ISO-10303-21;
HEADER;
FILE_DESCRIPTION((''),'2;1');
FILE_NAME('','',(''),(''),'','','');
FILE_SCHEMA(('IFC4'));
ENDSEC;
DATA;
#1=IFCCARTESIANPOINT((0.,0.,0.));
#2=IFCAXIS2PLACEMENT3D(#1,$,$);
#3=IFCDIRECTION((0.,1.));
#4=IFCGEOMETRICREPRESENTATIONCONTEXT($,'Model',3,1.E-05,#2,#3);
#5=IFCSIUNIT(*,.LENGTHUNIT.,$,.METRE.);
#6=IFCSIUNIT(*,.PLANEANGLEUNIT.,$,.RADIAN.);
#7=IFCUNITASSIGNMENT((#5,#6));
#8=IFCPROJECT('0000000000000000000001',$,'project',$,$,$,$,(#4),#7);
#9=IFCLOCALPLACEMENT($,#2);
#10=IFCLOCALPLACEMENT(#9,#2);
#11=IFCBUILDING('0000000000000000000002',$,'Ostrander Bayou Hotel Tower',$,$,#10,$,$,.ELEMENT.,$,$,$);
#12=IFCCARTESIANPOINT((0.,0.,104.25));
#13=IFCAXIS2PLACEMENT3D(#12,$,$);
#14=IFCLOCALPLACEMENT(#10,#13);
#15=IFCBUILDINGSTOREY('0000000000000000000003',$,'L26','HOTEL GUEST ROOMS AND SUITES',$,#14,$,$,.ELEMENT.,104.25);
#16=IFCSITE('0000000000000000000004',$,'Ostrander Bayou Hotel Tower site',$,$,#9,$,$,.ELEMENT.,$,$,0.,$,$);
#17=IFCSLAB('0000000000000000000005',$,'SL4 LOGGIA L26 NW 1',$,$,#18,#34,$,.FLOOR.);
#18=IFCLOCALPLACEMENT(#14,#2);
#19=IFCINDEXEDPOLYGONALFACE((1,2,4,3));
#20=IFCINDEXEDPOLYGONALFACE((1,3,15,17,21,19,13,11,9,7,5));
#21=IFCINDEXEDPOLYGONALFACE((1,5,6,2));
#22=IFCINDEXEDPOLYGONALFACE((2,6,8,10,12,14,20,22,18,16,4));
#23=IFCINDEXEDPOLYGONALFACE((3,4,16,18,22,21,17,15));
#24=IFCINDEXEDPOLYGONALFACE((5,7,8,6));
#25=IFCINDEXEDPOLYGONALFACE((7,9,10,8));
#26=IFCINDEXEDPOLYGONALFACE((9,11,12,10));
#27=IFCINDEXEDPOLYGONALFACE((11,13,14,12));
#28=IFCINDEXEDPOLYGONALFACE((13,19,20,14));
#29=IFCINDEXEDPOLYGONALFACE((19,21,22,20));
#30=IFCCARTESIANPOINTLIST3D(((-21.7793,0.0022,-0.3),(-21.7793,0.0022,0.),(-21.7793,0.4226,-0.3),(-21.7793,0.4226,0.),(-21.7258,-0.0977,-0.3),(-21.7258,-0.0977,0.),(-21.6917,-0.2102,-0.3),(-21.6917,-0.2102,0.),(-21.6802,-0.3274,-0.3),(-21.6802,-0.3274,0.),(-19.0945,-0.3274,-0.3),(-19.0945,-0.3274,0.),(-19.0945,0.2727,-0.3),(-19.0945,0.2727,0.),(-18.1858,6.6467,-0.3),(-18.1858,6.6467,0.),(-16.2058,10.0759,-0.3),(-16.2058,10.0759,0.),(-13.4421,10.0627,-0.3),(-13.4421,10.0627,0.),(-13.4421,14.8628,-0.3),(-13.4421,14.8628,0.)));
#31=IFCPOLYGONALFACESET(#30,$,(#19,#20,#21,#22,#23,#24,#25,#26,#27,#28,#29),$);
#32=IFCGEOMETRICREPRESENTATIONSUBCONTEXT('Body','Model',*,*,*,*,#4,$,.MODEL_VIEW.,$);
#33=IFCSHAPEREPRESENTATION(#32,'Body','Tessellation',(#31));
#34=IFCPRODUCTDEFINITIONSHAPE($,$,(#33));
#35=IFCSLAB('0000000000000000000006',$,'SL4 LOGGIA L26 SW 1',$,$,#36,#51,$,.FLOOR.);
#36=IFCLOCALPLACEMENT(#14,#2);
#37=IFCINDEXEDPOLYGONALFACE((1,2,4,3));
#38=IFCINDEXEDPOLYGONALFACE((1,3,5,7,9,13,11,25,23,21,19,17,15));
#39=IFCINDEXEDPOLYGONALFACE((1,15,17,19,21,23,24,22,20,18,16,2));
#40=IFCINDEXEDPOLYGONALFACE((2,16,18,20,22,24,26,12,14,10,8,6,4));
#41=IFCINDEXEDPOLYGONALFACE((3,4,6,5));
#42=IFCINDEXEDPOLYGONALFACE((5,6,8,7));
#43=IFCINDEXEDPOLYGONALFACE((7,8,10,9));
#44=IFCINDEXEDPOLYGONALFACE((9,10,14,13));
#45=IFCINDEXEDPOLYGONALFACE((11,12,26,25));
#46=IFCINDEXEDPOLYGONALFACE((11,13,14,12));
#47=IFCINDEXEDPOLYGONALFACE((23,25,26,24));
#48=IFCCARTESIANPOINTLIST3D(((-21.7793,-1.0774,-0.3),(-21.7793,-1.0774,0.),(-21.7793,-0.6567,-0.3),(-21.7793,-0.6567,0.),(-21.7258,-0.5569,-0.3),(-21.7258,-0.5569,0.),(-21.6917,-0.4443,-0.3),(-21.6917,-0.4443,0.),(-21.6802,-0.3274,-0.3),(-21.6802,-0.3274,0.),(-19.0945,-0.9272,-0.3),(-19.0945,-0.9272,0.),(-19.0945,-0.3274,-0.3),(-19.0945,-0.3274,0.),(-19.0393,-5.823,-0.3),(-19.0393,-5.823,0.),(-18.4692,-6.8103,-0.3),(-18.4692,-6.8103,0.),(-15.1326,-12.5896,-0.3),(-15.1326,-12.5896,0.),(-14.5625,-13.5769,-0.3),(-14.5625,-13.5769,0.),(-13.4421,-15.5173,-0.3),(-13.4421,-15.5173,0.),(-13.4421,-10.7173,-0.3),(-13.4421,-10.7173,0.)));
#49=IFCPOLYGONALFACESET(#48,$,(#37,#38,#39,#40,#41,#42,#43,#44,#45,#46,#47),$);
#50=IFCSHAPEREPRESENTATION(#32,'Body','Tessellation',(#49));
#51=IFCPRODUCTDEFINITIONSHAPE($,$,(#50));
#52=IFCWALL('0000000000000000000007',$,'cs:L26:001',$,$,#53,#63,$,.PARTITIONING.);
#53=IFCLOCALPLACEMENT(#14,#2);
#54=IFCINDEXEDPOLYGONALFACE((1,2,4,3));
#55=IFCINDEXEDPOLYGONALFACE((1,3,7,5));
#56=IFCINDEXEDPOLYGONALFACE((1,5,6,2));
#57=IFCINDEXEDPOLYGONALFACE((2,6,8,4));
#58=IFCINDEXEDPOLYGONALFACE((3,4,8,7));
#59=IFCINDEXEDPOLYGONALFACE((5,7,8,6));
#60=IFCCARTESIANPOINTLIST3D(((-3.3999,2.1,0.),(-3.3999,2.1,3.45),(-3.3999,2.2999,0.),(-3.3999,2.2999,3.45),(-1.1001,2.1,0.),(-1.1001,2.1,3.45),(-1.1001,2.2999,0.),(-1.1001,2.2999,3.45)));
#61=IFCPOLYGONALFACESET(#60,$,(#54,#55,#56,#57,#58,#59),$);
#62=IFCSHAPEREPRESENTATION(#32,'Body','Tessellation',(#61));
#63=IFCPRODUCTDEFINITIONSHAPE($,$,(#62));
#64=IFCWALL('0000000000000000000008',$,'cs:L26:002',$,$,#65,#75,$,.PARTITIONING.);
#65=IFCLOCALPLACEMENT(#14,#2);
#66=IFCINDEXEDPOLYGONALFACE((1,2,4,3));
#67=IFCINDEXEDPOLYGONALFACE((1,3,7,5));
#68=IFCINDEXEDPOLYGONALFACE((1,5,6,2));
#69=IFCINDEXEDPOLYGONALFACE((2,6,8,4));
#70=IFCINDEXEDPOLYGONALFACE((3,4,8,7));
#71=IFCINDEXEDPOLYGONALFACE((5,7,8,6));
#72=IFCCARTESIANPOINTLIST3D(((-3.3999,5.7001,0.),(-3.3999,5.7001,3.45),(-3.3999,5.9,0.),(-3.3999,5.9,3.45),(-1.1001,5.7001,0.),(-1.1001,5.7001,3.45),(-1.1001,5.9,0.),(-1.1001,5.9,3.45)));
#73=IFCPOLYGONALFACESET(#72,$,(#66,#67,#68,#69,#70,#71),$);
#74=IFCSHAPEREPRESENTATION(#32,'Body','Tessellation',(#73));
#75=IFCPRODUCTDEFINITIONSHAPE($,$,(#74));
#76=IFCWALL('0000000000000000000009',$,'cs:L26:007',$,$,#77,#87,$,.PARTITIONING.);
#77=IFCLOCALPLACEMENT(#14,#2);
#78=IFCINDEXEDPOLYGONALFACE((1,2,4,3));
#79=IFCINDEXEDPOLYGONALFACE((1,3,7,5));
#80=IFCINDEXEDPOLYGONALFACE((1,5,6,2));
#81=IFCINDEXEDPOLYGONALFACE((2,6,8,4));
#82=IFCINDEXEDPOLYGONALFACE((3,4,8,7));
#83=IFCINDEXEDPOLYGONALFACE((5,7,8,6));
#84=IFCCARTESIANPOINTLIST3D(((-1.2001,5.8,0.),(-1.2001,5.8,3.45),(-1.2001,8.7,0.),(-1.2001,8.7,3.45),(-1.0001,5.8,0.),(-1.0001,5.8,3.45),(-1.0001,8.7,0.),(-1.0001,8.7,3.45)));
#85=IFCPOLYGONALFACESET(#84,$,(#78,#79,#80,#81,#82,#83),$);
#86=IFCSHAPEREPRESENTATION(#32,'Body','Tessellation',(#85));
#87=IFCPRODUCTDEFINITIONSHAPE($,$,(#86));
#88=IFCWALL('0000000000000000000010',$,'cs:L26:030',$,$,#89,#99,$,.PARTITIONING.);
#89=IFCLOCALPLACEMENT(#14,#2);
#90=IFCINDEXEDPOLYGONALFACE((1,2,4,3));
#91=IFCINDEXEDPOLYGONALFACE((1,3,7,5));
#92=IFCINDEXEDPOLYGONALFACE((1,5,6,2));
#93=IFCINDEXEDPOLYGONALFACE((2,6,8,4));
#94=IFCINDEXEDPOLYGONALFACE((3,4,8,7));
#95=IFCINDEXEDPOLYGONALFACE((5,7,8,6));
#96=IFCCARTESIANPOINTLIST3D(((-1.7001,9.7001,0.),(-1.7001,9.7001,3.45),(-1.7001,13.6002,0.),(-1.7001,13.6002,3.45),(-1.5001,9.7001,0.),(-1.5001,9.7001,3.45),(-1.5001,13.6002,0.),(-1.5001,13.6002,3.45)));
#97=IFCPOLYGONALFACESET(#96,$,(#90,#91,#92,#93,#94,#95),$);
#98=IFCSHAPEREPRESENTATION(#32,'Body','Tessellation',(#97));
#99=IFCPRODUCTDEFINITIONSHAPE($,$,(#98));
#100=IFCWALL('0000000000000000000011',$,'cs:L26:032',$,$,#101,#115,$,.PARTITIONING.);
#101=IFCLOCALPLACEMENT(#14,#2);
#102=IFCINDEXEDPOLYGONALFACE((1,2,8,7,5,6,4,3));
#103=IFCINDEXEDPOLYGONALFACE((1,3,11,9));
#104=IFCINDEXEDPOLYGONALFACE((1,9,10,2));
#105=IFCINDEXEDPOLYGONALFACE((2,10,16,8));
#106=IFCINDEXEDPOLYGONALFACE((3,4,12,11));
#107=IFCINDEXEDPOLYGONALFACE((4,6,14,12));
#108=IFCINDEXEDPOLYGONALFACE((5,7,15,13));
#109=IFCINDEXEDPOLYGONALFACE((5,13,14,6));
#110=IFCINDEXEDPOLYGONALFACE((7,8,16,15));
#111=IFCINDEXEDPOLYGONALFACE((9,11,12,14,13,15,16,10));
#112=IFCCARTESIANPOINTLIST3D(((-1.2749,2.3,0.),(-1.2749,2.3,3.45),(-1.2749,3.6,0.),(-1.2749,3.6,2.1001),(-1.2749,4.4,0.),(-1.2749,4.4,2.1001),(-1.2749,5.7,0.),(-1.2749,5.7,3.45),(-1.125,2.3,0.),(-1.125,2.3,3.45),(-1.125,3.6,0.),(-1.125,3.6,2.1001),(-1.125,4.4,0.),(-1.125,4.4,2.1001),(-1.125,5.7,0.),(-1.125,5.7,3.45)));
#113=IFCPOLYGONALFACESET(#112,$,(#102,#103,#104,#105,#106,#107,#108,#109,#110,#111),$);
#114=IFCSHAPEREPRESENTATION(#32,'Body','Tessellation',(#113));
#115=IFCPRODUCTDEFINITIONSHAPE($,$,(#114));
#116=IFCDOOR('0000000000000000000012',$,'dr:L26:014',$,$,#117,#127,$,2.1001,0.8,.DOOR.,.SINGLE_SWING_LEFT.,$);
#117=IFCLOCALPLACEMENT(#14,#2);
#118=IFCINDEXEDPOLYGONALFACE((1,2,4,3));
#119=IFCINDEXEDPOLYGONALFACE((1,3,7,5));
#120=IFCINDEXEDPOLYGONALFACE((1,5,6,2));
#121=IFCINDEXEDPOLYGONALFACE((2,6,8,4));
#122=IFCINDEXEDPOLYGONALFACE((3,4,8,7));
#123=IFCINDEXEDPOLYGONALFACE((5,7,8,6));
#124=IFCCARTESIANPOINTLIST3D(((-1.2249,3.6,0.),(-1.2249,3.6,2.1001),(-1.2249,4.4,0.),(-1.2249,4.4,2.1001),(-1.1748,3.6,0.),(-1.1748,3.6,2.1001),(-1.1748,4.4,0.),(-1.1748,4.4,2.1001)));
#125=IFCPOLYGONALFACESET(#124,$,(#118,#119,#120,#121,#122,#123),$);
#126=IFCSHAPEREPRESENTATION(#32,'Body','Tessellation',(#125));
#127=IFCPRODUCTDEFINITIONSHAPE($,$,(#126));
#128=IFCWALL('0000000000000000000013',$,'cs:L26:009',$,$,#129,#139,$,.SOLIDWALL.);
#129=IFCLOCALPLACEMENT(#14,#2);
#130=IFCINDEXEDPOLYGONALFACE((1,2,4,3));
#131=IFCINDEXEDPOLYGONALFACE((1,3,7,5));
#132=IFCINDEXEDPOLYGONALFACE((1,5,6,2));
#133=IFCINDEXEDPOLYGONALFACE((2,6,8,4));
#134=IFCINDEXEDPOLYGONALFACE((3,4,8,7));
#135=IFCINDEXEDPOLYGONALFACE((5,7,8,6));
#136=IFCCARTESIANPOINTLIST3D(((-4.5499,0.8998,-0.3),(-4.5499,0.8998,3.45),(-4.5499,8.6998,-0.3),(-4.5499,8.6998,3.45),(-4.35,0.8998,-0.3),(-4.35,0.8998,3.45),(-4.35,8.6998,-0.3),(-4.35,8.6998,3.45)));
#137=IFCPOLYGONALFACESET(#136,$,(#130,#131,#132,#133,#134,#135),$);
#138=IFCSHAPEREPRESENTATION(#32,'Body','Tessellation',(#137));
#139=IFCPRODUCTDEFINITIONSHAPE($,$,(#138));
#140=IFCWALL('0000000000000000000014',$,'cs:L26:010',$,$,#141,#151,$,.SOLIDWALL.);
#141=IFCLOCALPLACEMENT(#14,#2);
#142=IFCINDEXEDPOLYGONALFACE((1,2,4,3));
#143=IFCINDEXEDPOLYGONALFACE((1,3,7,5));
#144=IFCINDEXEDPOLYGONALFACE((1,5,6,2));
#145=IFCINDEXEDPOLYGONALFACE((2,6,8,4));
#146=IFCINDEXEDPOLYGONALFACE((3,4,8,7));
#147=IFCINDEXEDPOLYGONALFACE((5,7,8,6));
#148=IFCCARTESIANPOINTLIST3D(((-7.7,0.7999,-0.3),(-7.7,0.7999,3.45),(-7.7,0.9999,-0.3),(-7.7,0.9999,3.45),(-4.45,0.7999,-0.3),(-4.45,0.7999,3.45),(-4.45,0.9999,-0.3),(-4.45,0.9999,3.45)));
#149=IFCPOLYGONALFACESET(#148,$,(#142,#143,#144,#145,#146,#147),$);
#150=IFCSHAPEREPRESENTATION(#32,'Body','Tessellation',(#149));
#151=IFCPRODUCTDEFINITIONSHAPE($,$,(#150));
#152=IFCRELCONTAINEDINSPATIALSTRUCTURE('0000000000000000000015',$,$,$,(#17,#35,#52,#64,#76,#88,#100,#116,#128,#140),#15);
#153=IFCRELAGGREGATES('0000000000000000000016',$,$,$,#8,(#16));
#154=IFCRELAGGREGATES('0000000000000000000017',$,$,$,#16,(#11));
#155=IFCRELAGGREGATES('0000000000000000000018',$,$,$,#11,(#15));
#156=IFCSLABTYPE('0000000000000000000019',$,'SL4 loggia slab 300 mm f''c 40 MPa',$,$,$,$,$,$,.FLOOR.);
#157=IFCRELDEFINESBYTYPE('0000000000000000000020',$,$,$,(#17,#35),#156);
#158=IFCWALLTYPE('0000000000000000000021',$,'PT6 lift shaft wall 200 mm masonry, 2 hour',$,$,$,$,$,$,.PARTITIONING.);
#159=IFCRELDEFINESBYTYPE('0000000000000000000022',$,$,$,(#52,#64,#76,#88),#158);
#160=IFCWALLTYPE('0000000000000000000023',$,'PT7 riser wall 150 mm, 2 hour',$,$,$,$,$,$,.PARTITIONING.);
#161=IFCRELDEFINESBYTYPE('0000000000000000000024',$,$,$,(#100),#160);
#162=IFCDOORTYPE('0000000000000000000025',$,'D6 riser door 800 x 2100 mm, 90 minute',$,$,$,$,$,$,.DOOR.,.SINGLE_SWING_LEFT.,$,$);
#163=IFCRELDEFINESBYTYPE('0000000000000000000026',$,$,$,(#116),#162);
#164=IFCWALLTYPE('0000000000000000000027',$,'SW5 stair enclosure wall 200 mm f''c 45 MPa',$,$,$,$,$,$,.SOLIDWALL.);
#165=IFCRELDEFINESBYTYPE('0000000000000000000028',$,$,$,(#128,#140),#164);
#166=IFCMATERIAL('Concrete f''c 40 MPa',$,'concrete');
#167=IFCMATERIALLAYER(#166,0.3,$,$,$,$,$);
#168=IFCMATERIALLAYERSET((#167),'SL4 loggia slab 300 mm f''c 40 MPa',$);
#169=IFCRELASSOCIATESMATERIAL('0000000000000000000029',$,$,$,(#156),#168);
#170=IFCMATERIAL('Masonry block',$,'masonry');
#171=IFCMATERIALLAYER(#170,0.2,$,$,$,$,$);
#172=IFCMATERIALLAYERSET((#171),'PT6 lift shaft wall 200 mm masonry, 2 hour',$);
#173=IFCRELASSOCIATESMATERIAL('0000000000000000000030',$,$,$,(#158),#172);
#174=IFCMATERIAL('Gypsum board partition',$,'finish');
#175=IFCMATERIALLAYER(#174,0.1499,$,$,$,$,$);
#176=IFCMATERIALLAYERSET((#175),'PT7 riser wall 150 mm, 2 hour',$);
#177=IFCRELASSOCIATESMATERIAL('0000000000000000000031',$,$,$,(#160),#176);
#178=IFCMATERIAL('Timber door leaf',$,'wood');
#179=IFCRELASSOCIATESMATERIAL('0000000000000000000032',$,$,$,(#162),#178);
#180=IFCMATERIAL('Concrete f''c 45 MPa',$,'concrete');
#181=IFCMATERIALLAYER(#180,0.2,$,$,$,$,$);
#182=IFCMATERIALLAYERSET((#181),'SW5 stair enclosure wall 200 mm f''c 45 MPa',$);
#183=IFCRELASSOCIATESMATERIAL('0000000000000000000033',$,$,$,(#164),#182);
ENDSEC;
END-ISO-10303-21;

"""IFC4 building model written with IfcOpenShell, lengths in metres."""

from ifc_helpers import new_model, si_unit, direction, frame, frame_2d, origin, place, context, subcontext, project, spatial, polyline, rectangle, outline, extrude, material, layer, layer_set, type_object, element, fill, save


model = new_model("IFC4")

# Units and contexts
model_context = context("Model", 3, precision=1e-05, world=origin(), true_north=direction((0.0, 1.0)))
body_context = subcontext(model_context, "Body", "Model", "MODEL_VIEW")
ifc_project = project(units=[si_unit("LENGTHUNIT", "METRE"), si_unit("PLANEANGLEUNIT", "RADIAN")], contexts=[model_context])

# Site, building, storey
site_placement = place(None, origin())
site = spatial("IfcSite", under=ifc_project, at=site_placement, Name="Ostrander Bayou Hotel Tower site", CompositionType="ELEMENT", RefElevation=0.0)
building_placement = place(site_placement, origin())
building = spatial("IfcBuilding", under=site, at=building_placement, Name="Ostrander Bayou Hotel Tower", CompositionType="ELEMENT")
storey_placement = place(building_placement, frame((0.0, 0.0, 104.25)))
storey = spatial("IfcBuildingStorey", under=building, at=storey_placement, Name="L26", Description="HOTEL GUEST ROOMS AND SUITES", CompositionType="ELEMENT", Elevation=104.25)

# Slabs
ifc_material_1 = material(Name="Concrete f'c 40 MPa", Category="concrete")
ifc_layer_1 = layer(ifc_material_1, 0.3)
ifc_layer_set_1 = layer_set([ifc_layer_1], Name="SL4 loggia slab 300 mm f'c 40 MPa")
slab_type = type_object("IfcSlabType", Name="SL4 loggia slab 300 mm f'c 40 MPa", PredefinedType="FLOOR", material=ifc_layer_set_1)
slab_1_placement = place(storey_placement, frame((0.0, 0.0, -0.3)))
element("IfcSlab", 1, at=slab_1_placement, inside=storey, type_object=slab_type, Name="SL4 LOGGIA L26 NW 1", PredefinedType="FLOOR", context=body_context, shape_type="SweptSolid", body=[
    extrude(outline(polyline([(-13.4421, 10.0627), (-19.0945, 0.2727), (-19.0945, -0.3274), (-21.6802, -0.3274), (-21.6917, -0.2102), (-21.7258, -0.0977), (-21.7793, 0.0022), (-21.7793, 0.4226), (-18.1858, 6.6467), (-16.2058, 10.0759), (-13.4421, 14.8628), (-13.4421, 10.0627)])), origin(), (0.0, 0.0, 1.0), 0.3),
])
slab_2_placement = place(storey_placement, frame((0.0, 0.0, -0.3)))
element("IfcSlab", 2, at=slab_2_placement, inside=storey, type_object=slab_type, Name="SL4 LOGGIA L26 SW 1", PredefinedType="FLOOR", context=body_context, shape_type="SweptSolid", body=[
    extrude(outline(polyline([(-13.4421, -15.5173), (-14.5625, -13.5769), (-15.1326, -12.5896), (-18.4692, -6.8103), (-19.0393, -5.823), (-21.7793, -1.0774), (-21.7793, -0.6567), (-21.7258, -0.5569), (-21.6917, -0.4443), (-21.6802, -0.3274), (-19.0945, -0.3274), (-19.0945, -0.9272), (-13.4421, -10.7173), (-13.4421, -15.5173)])), origin(), (0.0, 0.0, 1.0), 0.3),
])

# Walls
ifc_material_2 = material(Name="Masonry block", Category="masonry")
ifc_layer_2 = layer(ifc_material_2, 0.2)
ifc_layer_set_2 = layer_set([ifc_layer_2], Name="PT6 lift shaft wall 200 mm masonry, 2 hour")
wall_type_1 = type_object("IfcWallType", Name="PT6 lift shaft wall 200 mm masonry, 2 hour", PredefinedType="PARTITIONING", material=ifc_layer_set_2)
for number, where, z_axis, x_axis, name in (
    (3, (-3.3999, 2.2, 0.0), (0.0, 0.0, 1.0), (1.0, 0.0, 0.0), "cs:L26:001"),
    (4, (-3.3999, 5.8, 0.0), (0.0, 0.0, 1.0), (1.0, 0.0, 0.0), "cs:L26:002"),
):
    element("IfcWall", number, at=place(storey_placement, frame(where, z_axis=z_axis, x_axis=x_axis)), inside=storey, type_object=wall_type_1, Name=name, PredefinedType="PARTITIONING", context=body_context, shape_type="SweptSolid", body=[
        extrude(rectangle(XDim=2.2998, YDim=0.2, at=frame_2d((1.1499, 0.0))), origin(), (0.0, 0.0, 1.0), 3.45),
    ])
wall_1_placement = place(storey_placement, frame((-1.1001, 5.8, 0.0), z_axis=(0.0, 0.0, 1.0), x_axis=(0.0, 1.0, 0.0)))
element("IfcWall", 5, at=wall_1_placement, inside=storey, type_object=wall_type_1, Name="cs:L26:007", PredefinedType="PARTITIONING", context=body_context, shape_type="SweptSolid", body=[
    extrude(rectangle(XDim=2.8999, YDim=0.2, at=frame_2d((1.45, 0.0))), origin(), (0.0, 0.0, 1.0), 3.45),
])
wall_2_placement = place(storey_placement, frame((-1.6001, 9.7, 0.0), z_axis=(0.0, 0.0, 1.0), x_axis=(0.0, 1.0, 0.0)))
element("IfcWall", 6, at=wall_2_placement, inside=storey, type_object=wall_type_1, Name="cs:L26:030", PredefinedType="PARTITIONING", context=body_context, shape_type="SweptSolid", body=[
    extrude(rectangle(XDim=3.9001, YDim=0.2, at=frame_2d((1.9502, 0.0))), origin(), (0.0, 0.0, 1.0), 3.45),
])

# Wall, opening, door
ifc_material_3 = material(Name="Gypsum board partition", Category="finish")
ifc_layer_3 = layer(ifc_material_3, 0.1499)
ifc_layer_set_3 = layer_set([ifc_layer_3], Name="PT7 riser wall 150 mm, 2 hour")
wall_type_2 = type_object("IfcWallType", Name="PT7 riser wall 150 mm, 2 hour", PredefinedType="PARTITIONING", material=ifc_layer_set_3)
wall_3_placement = place(storey_placement, frame((-1.2, 2.3, 0.0), z_axis=(0.0, 0.0, 1.0), x_axis=(0.0, 1.0, 0.0)))
wall_3 = element("IfcWall", 7, at=wall_3_placement, inside=storey, type_object=wall_type_2, Name="cs:L26:032", PredefinedType="PARTITIONING", context=body_context, shape_type="SweptSolid", body=[
    extrude(rectangle(XDim=3.3999, YDim=0.1499, at=frame_2d((1.7, 0.0))), origin(), (0.0, 0.0, 1.0), 3.45),
])
opening_1_placement = place(wall_3_placement, frame((1.3, 0.0, 0.0)))
opening_1 = element("IfcOpeningElement", 8, at=opening_1_placement, cuts=wall_3, PredefinedType="OPENING", context=body_context, shape_type="SweptSolid", body=[
    extrude(rectangle(XDim=0.8, YDim=2.1001, at=frame_2d((0.3999, 1.05))), frame((0.0, 0.075, 0.0), z_axis=(0.0, -1.0, 0.0), x_axis=(1.0, 0.0, 0.0)), (0.0, 0.0, 1.0), 0.1499),
])
ifc_material_4 = material(Name="Timber door leaf", Category="wood")
door_type_1 = type_object("IfcDoorType", Name="D6 riser door 800 x 2100 mm, 90 minute", OperationType="SINGLE_SWING_LEFT", PredefinedType="DOOR", material=ifc_material_4)
door_1_placement = place(opening_1_placement, origin())
door_1 = element("IfcDoor", 9, at=door_1_placement, inside=storey, type_object=door_type_1, Name="dr:L26:014", OperationType="SINGLE_SWING_LEFT", OverallHeight=2.1001, OverallWidth=0.8, PredefinedType="DOOR", context=body_context, shape_type="SweptSolid", body=[
    extrude(rectangle(XDim=0.8, YDim=2.1001, at=frame_2d((0.3999, 1.05))), frame((0.0, 0.0249, 0.0), z_axis=(0.0, -1.0, 0.0), x_axis=(1.0, 0.0, 0.0)), (0.0, 0.0, 1.0), 0.05),
])
fill(opening_1, door_1)

# Walls
ifc_material_5 = material(Name="Concrete f'c 45 MPa", Category="concrete")
ifc_layer_4 = layer(ifc_material_5, 0.2)
ifc_layer_set_4 = layer_set([ifc_layer_4], Name="SW5 stair enclosure wall 200 mm f'c 45 MPa")
wall_type_3 = type_object("IfcWallType", Name="SW5 stair enclosure wall 200 mm f'c 45 MPa", PredefinedType="SOLIDWALL", material=ifc_layer_set_4)
wall_4_placement = place(storey_placement, frame((-4.45, 0.8999, -0.3), z_axis=(0.0, 0.0, 1.0), x_axis=(0.0, 1.0, 0.0)))
element("IfcWall", 10, at=wall_4_placement, inside=storey, type_object=wall_type_3, Name="cs:L26:009", PredefinedType="SOLIDWALL", context=body_context, shape_type="SweptSolid", body=[
    extrude(rectangle(XDim=7.8, YDim=0.2, at=frame_2d((3.8999, 0.0))), origin(), (0.0, 0.0, 1.0), 3.75),
])
wall_5_placement = place(storey_placement, frame((-7.7, 0.8999, -0.3), z_axis=(0.0, 0.0, 1.0), x_axis=(1.0, 0.0, 0.0)))
element("IfcWall", 11, at=wall_5_placement, inside=storey, type_object=wall_type_3, Name="cs:L26:010", PredefinedType="SOLIDWALL", context=body_context, shape_type="SweptSolid", body=[
    extrude(rectangle(XDim=3.25, YDim=0.2, at=frame_2d((1.625, 0.0))), origin(), (0.0, 0.0, 1.0), 3.75),
])

save(model, "model.ifc")
